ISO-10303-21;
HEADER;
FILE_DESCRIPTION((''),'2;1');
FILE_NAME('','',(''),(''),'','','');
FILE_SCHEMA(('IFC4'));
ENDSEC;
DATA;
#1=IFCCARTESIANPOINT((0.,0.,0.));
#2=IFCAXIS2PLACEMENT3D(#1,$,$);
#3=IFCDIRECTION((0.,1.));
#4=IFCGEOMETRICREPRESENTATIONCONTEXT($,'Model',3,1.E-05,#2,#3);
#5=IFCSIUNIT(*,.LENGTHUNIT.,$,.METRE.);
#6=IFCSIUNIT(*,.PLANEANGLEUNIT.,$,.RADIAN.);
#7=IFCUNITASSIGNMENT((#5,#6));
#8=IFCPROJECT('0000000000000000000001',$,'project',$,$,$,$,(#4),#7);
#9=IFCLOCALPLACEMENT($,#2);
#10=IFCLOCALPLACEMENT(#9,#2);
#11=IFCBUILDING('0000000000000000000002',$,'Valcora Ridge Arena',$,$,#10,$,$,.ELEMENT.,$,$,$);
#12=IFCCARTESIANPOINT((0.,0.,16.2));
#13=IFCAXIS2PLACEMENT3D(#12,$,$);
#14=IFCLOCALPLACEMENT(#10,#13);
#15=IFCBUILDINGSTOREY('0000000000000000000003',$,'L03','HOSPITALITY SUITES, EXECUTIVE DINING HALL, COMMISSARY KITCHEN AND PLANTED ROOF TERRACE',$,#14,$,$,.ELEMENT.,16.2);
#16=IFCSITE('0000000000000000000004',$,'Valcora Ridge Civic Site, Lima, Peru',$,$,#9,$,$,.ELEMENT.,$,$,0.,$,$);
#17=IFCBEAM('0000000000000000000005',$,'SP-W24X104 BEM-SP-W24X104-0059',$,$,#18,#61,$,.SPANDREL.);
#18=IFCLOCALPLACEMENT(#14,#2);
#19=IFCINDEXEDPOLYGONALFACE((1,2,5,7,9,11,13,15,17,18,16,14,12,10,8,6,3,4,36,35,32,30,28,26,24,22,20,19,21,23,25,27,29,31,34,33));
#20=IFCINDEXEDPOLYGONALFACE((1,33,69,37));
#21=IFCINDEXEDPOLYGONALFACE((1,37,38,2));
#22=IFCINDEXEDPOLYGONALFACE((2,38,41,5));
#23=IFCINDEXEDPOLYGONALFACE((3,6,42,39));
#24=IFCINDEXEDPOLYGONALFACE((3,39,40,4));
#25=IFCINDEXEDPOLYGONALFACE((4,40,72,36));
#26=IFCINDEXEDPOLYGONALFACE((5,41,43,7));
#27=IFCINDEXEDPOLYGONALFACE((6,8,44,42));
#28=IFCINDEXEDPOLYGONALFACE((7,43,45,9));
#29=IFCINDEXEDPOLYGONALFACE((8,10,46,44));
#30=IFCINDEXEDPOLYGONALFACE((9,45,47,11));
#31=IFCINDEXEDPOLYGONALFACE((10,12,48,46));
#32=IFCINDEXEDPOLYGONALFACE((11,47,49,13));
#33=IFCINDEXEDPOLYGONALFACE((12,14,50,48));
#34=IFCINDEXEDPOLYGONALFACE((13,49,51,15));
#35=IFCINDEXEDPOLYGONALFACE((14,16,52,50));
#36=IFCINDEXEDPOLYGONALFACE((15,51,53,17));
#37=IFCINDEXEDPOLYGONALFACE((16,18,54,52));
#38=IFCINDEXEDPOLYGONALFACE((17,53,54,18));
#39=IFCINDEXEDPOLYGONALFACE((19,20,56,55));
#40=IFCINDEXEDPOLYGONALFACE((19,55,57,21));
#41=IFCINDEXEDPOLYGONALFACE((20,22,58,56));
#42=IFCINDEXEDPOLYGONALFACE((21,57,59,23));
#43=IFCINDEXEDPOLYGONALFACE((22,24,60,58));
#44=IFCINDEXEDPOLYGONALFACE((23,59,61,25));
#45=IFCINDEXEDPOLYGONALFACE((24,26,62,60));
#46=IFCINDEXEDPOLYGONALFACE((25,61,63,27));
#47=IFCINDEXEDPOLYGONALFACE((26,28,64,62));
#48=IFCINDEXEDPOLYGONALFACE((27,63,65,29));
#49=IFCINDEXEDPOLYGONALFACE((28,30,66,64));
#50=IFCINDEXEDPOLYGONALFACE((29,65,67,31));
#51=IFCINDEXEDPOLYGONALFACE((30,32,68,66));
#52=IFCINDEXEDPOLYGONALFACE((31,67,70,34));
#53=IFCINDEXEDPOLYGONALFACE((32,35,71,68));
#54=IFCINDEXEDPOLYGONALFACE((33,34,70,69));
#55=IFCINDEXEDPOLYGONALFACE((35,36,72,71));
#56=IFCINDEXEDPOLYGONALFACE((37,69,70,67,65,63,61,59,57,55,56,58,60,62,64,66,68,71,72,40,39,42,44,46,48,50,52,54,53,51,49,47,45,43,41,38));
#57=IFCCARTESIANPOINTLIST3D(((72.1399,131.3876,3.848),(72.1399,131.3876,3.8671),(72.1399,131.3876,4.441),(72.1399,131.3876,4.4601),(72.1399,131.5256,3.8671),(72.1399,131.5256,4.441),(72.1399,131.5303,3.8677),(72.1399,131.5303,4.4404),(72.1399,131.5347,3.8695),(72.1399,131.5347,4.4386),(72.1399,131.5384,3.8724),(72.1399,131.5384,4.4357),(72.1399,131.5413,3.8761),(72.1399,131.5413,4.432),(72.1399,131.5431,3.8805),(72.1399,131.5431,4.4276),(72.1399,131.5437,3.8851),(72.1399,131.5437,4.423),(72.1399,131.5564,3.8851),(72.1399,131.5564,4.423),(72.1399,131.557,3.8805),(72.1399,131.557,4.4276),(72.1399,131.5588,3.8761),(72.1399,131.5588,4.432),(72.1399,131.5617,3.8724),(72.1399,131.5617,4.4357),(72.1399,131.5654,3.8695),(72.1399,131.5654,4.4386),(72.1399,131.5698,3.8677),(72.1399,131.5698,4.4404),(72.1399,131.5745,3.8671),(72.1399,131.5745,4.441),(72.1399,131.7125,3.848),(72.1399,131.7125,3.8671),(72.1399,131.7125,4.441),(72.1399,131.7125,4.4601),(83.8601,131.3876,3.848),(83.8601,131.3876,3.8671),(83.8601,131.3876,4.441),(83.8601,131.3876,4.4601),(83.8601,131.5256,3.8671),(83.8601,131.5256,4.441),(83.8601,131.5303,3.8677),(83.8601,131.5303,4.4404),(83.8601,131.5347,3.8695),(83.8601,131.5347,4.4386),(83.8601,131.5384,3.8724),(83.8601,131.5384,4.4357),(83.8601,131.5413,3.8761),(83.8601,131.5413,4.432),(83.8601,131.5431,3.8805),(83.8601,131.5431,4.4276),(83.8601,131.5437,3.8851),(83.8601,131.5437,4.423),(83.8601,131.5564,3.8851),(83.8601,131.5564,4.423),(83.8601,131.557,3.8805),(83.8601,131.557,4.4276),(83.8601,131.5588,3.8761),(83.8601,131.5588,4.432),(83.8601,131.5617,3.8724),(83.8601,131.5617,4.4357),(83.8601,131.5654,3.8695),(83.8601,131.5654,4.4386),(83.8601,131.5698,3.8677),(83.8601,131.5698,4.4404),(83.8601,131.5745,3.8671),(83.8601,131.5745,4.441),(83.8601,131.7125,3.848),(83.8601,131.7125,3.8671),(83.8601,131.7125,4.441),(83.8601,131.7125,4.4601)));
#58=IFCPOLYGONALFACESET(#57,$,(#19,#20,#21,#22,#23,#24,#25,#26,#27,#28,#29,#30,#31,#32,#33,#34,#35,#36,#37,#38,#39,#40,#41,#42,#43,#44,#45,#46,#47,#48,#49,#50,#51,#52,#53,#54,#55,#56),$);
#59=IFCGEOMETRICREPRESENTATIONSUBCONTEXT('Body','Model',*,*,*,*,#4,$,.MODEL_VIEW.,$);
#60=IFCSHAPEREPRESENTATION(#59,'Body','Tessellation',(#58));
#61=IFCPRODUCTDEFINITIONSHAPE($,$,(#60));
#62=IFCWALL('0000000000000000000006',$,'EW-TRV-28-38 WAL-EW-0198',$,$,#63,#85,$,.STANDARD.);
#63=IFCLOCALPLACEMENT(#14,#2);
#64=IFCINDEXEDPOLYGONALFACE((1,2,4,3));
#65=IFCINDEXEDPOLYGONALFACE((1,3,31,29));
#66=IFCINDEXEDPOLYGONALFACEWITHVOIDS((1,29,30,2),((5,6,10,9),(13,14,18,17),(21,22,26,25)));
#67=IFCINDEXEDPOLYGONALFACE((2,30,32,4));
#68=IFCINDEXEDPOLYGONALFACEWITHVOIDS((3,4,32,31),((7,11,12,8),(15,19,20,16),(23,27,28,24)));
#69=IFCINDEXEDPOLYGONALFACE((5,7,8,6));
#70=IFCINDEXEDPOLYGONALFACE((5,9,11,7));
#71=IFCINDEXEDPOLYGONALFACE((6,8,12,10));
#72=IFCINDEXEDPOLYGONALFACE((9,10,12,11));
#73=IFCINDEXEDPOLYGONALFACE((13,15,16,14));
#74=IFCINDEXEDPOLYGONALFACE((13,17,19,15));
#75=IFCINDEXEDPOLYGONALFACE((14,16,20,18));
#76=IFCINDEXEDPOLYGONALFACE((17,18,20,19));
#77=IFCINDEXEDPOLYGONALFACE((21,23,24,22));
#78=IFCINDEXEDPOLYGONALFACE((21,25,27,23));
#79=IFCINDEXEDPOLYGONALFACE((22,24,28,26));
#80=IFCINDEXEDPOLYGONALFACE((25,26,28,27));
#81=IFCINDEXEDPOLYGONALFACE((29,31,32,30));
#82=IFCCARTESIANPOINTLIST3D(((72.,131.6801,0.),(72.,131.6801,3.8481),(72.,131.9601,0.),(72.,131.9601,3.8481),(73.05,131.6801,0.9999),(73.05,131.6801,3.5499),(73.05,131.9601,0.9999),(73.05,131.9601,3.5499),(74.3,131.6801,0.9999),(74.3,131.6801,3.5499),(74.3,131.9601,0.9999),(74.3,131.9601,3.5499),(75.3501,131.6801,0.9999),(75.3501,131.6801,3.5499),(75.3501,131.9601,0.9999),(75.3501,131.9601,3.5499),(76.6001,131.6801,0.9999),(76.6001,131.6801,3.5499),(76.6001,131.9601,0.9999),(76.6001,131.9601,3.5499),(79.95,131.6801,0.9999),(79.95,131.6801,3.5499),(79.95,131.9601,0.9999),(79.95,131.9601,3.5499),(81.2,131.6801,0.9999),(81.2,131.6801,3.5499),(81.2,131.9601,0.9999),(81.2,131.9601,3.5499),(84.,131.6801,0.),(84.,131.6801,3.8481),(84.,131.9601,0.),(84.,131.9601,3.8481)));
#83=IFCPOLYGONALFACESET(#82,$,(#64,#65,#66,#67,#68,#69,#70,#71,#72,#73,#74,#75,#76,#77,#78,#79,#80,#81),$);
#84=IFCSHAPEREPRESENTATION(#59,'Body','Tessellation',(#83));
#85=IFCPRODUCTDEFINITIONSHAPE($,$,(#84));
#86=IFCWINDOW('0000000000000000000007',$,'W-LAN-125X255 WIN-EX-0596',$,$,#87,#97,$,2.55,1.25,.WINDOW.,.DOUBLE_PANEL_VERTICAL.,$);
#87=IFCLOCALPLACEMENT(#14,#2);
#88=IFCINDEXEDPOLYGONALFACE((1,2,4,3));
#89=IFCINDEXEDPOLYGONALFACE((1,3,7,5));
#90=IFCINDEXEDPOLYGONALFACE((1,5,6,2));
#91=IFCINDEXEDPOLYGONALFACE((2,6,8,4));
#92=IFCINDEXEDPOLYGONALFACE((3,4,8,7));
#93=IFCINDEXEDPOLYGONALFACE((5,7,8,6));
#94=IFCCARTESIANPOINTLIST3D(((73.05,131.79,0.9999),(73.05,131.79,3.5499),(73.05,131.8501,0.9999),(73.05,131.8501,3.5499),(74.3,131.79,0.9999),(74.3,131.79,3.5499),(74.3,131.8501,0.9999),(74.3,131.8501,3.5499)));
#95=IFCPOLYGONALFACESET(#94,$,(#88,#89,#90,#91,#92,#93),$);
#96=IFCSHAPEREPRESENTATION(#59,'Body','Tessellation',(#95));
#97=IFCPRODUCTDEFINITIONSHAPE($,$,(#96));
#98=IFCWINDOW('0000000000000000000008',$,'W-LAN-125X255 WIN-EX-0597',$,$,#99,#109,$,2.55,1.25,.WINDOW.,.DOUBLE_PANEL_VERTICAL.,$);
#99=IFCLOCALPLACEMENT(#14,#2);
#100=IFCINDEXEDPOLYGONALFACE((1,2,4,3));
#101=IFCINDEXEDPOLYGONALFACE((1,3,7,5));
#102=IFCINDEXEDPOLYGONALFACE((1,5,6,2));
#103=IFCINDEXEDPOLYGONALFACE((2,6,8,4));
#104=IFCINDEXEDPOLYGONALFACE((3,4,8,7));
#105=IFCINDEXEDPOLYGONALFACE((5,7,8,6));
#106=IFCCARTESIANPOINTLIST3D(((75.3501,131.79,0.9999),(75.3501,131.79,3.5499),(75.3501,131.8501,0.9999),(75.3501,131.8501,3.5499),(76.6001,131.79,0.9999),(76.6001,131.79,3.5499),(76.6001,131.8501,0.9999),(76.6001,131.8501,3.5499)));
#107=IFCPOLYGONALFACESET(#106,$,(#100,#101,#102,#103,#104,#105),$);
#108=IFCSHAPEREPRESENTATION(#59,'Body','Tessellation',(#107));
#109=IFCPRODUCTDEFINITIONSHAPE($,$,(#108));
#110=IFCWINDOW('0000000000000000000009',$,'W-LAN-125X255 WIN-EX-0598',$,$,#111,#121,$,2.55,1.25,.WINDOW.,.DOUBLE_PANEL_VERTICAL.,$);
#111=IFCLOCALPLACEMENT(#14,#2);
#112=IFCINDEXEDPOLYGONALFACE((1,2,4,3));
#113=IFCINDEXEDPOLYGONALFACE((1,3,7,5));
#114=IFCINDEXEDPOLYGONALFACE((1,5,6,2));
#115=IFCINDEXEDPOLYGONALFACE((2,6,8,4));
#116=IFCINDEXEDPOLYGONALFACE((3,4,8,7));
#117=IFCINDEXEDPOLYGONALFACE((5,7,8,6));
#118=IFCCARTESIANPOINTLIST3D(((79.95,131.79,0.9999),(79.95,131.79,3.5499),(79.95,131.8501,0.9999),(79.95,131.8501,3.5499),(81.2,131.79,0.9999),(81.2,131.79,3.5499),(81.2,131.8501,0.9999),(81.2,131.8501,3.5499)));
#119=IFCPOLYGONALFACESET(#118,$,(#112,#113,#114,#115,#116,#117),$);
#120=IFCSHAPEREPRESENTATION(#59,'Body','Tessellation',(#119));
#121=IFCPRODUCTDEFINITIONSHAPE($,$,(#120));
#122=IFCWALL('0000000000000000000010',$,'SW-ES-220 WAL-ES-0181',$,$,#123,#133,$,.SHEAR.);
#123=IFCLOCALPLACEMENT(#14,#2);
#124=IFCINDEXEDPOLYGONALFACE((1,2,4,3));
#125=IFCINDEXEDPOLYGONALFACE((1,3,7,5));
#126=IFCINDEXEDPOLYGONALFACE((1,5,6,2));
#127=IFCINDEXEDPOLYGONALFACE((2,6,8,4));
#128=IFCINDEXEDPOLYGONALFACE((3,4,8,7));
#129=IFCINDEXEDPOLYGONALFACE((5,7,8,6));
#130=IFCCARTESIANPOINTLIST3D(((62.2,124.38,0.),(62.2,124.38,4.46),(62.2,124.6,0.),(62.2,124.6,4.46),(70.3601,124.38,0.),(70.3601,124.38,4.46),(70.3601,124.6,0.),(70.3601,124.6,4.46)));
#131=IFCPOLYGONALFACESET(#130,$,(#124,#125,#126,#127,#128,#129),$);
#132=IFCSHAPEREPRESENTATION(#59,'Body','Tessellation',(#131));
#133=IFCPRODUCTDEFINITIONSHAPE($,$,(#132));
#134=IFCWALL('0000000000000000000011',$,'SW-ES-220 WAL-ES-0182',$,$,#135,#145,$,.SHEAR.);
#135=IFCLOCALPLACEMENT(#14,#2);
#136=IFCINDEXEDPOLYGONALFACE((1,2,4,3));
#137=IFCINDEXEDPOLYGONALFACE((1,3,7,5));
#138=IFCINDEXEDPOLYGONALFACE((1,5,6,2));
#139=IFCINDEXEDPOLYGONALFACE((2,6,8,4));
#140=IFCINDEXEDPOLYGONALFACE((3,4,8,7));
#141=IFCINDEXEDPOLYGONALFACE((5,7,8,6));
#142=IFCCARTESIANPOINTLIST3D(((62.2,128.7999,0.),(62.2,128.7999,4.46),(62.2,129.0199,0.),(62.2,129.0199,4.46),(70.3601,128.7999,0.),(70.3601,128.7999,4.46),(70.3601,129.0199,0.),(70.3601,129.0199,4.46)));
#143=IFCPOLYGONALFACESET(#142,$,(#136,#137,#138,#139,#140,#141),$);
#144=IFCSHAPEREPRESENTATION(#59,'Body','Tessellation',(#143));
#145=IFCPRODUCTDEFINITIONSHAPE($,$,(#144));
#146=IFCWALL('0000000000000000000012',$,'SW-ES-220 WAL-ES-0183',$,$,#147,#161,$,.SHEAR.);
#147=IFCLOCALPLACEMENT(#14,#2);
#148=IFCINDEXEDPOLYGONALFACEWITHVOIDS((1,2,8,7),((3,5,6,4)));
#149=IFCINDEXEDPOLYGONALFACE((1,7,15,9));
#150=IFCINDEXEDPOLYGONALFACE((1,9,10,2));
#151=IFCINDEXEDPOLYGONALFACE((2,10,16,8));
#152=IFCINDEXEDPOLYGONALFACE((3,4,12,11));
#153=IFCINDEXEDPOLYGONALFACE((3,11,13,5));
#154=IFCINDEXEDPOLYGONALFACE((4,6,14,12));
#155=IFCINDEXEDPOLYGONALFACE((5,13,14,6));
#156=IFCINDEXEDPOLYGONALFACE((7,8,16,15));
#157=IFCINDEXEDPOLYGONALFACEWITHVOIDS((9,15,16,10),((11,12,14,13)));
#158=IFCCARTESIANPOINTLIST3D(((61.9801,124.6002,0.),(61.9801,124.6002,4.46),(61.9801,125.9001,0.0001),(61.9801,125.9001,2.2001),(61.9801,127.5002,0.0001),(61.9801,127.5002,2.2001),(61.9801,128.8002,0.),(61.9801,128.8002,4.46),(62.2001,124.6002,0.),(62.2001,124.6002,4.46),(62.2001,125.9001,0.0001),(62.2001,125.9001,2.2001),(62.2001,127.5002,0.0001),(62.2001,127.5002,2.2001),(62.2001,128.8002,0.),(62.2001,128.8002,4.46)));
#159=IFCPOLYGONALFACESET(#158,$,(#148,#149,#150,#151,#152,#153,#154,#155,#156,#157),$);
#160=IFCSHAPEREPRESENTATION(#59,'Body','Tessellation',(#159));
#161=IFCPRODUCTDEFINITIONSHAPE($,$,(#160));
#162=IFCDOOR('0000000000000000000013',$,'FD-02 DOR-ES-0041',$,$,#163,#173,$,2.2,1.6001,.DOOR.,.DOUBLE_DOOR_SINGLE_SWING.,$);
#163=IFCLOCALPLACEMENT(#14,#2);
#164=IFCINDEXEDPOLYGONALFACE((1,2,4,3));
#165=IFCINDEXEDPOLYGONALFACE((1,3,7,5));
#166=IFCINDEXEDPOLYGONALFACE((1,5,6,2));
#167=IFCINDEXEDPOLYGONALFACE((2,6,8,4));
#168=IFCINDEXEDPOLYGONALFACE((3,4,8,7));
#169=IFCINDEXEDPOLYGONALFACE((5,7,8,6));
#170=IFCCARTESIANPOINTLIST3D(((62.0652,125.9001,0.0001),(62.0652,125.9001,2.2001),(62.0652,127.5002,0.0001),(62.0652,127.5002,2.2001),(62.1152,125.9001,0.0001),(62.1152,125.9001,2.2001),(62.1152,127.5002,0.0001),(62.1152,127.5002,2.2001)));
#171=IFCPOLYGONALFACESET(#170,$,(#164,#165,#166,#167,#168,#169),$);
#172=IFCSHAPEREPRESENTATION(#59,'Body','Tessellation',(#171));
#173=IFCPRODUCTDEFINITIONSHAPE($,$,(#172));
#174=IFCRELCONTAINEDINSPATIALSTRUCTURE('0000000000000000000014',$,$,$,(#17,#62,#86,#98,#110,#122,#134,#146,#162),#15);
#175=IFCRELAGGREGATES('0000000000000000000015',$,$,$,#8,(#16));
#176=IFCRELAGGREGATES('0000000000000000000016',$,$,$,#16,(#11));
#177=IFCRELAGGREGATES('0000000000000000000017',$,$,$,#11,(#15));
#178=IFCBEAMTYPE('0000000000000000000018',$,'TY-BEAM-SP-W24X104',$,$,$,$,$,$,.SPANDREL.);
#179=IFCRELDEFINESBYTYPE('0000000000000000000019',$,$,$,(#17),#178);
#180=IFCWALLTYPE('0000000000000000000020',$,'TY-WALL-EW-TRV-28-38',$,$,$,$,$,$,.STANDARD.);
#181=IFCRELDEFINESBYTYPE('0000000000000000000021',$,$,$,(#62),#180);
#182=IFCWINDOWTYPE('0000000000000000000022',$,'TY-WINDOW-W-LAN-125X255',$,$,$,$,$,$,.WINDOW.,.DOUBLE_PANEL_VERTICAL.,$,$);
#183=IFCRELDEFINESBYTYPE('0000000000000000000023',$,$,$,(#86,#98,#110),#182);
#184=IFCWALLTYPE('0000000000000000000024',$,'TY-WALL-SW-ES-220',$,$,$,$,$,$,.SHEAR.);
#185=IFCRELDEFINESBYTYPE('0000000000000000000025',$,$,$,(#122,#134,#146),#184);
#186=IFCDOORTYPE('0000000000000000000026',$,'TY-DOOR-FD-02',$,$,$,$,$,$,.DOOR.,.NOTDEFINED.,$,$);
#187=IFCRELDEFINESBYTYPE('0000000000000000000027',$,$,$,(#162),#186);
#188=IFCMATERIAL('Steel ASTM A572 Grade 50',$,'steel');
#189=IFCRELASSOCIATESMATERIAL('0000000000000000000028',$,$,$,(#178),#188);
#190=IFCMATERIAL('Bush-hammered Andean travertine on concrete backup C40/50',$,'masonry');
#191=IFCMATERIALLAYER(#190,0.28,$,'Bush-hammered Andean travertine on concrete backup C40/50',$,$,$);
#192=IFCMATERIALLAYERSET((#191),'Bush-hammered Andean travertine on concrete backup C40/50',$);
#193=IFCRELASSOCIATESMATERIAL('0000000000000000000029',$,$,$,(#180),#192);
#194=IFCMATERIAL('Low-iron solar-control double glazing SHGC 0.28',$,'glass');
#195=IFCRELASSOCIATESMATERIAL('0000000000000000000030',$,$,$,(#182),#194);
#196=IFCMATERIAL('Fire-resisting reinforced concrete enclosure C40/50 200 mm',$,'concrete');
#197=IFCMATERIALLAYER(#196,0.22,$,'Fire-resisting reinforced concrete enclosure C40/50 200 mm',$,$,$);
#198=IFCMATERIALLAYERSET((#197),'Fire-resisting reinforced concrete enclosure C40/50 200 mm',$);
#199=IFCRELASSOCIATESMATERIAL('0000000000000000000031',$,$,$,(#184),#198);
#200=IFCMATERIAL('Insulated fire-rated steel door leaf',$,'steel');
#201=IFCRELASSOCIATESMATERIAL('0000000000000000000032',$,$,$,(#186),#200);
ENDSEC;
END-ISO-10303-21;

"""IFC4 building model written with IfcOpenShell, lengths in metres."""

from ifc_helpers import new_model, si_unit, direction, frame, frame_2d, origin, origin_2d, place, context, subcontext, project, spatial, rectangle, i_section, extrude, material, layer, layer_set, material_profile, profile_set, type_object, element, fill, save


model = new_model("IFC4")

# Units and contexts
model_context = context("Model", 3, precision=1e-05, world=origin(), true_north=direction((0.0, 1.0)))
body_context = subcontext(model_context, "Body", "Model", "MODEL_VIEW")
ifc_project = project(units=[si_unit("LENGTHUNIT", "METRE"), si_unit("PLANEANGLEUNIT", "RADIAN")], contexts=[model_context])

# Site, building, storey
site_placement = place(None, origin())
site = spatial("IfcSite", under=ifc_project, at=site_placement, Name="Valcora Ridge Civic Site, Lima, Peru", CompositionType="ELEMENT", RefElevation=0.0)
building_placement = place(site_placement, origin())
building = spatial("IfcBuilding", under=site, at=building_placement, Name="Valcora Ridge Arena", CompositionType="ELEMENT")
storey_placement = place(building_placement, frame((0.0, 0.0, 16.2)))
storey = spatial("IfcBuildingStorey", under=building, at=storey_placement, Name="L03", Description="HOSPITALITY SUITES, EXECUTIVE DINING HALL, COMMISSARY KITCHEN AND PLANTED ROOF TERRACE", CompositionType="ELEMENT", Elevation=16.2)

# Beam
ifc_material_1 = material(Name="Steel ASTM A572 Grade 50", Category="steel")
ifc_material_profile_1 = material_profile(ifc_material_1, i_section(OverallWidth=0.325, OverallDepth=0.6121, WebThickness=0.0127, FlangeThickness=0.019, FilletRadius=0.0181, at=origin_2d()), Name="W24X104")
ifc_profile_set_1 = profile_set([ifc_material_profile_1], Name="Steel ASTM A572 Grade 50")
beam_type_1 = type_object("IfcBeamType", Name="TY-BEAM-SP-W24X104", PredefinedType="SPANDREL", material=ifc_profile_set_1)
beam_1_placement = place(storey_placement, frame((72.1399, 131.55, 4.1541), z_axis=(1.0, 0.0, 0.0), x_axis=(0.0, 1.0, 0.0)))
element("IfcBeam", 1, at=beam_1_placement, inside=storey, type_object=beam_type_1, Name="SP-W24X104 BEM-SP-W24X104-0059", PredefinedType="SPANDREL", context=body_context, shape_type="SweptSolid", body=[
    extrude(i_section(OverallWidth=0.325, OverallDepth=0.6121, WebThickness=0.0127, FlangeThickness=0.019, FilletRadius=0.0181, at=origin_2d()), origin(), (0.0, 0.0, 1.0), 11.7202),
])

# Wall, openings, windows
ifc_material_2 = material(Name="Bush-hammered Andean travertine on concrete backup C40/50", Category="masonry")
ifc_layer_1 = layer(ifc_material_2, 0.28, Name="Bush-hammered Andean travertine on concrete backup C40/50")
ifc_layer_set_1 = layer_set([ifc_layer_1], Name="Bush-hammered Andean travertine on concrete backup C40/50")
wall_type_1 = type_object("IfcWallType", Name="TY-WALL-EW-TRV-28-38", PredefinedType="STANDARD", material=ifc_layer_set_1)
wall_1_placement = place(storey_placement, frame((72.0, 131.8201, 0.0), z_axis=(0.0, 0.0, 1.0), x_axis=(1.0, 0.0, 0.0)))
wall_1 = element("IfcWall", 2, at=wall_1_placement, inside=storey, type_object=wall_type_1, Name="EW-TRV-28-38 WAL-EW-0198", PredefinedType="STANDARD", context=body_context, shape_type="SweptSolid", body=[
    extrude(rectangle(XDim=12.0, YDim=0.28, at=frame_2d((6.0, 0.0))), origin(), (0.0, 0.0, 1.0), 3.8481),
])
opening_1_placement = place(wall_1_placement, frame((1.05, 0.0, 1.0)))
opening_1 = element("IfcOpeningElement", 3, at=opening_1_placement, cuts=wall_1, PredefinedType="OPENING", context=body_context, shape_type="SweptSolid", body=[
    extrude(rectangle(XDim=1.25, YDim=2.55, at=frame_2d((0.625, 1.2749))), frame((0.0, 0.1499, 0.0), z_axis=(0.0, -1.0, 0.0), x_axis=(1.0, 0.0, 0.0)), (0.0, 0.0, 1.0), 0.3),
])
opening_2_placement = place(wall_1_placement, frame((3.3501, 0.0, 1.0)))
opening_2 = element("IfcOpeningElement", 4, at=opening_2_placement, cuts=wall_1, PredefinedType="OPENING", context=body_context, shape_type="SweptSolid", body=[
    extrude(rectangle(XDim=1.25, YDim=2.55, at=frame_2d((0.625, 1.2749))), frame((0.0, 0.1499, 0.0), z_axis=(0.0, -1.0, 0.0), x_axis=(1.0, 0.0, 0.0)), (0.0, 0.0, 1.0), 0.3),
])
opening_3_placement = place(wall_1_placement, frame((7.95, 0.0, 1.0)))
opening_3 = element("IfcOpeningElement", 5, at=opening_3_placement, cuts=wall_1, PredefinedType="OPENING", context=body_context, shape_type="SweptSolid", body=[
    extrude(rectangle(XDim=1.25, YDim=2.55, at=frame_2d((0.625, 1.2749))), frame((0.0, 0.1499, 0.0), z_axis=(0.0, -1.0, 0.0), x_axis=(1.0, 0.0, 0.0)), (0.0, 0.0, 1.0), 0.3),
])
ifc_material_3 = material(Name="Low-iron solar-control double glazing SHGC 0.28", Category="glass")
window_type = type_object("IfcWindowType", Name="TY-WINDOW-W-LAN-125X255", PartitioningType="DOUBLE_PANEL_VERTICAL", PredefinedType="WINDOW", material=ifc_material_3)
window_1_placement = place(opening_1_placement, origin())
window_1 = element("IfcWindow", 6, at=window_1_placement, inside=storey, type_object=window_type, Name="W-LAN-125X255 WIN-EX-0596", OverallHeight=2.55, OverallWidth=1.25, PartitioningType="DOUBLE_PANEL_VERTICAL", PredefinedType="WINDOW", context=body_context, shape_type="SweptSolid", body=[
    extrude(rectangle(XDim=1.25, YDim=2.55, at=frame_2d((0.625, 1.2749))), frame((0.0, 0.03, 0.0), z_axis=(0.0, -1.0, 0.0), x_axis=(1.0, 0.0, 0.0)), (0.0, 0.0, 1.0), 0.0601),
])
fill(opening_1, window_1)
window_2_placement = place(opening_2_placement, origin())
window_2 = element("IfcWindow", 7, at=window_2_placement, inside=storey, type_object=window_type, Name="W-LAN-125X255 WIN-EX-0597", OverallHeight=2.55, OverallWidth=1.25, PartitioningType="DOUBLE_PANEL_VERTICAL", PredefinedType="WINDOW", context=body_context, shape_type="SweptSolid", body=[
    extrude(rectangle(XDim=1.25, YDim=2.55, at=frame_2d((0.625, 1.2749))), frame((0.0, 0.03, 0.0), z_axis=(0.0, -1.0, 0.0), x_axis=(1.0, 0.0, 0.0)), (0.0, 0.0, 1.0), 0.0601),
])
fill(opening_2, window_2)
window_3_placement = place(opening_3_placement, origin())
window_3 = element("IfcWindow", 8, at=window_3_placement, inside=storey, type_object=window_type, Name="W-LAN-125X255 WIN-EX-0598", OverallHeight=2.55, OverallWidth=1.25, PartitioningType="DOUBLE_PANEL_VERTICAL", PredefinedType="WINDOW", context=body_context, shape_type="SweptSolid", body=[
    extrude(rectangle(XDim=1.25, YDim=2.55, at=frame_2d((0.625, 1.2749))), frame((0.0, 0.03, 0.0), z_axis=(0.0, -1.0, 0.0), x_axis=(1.0, 0.0, 0.0)), (0.0, 0.0, 1.0), 0.0601),
])
fill(opening_3, window_3)

# Walls
ifc_material_4 = material(Name="Fire-resisting reinforced concrete enclosure C40/50 200 mm", Category="concrete")
ifc_layer_2 = layer(ifc_material_4, 0.22, Name="Fire-resisting reinforced concrete enclosure C40/50 200 mm")
ifc_layer_set_2 = layer_set([ifc_layer_2], Name="Fire-resisting reinforced concrete enclosure C40/50 200 mm")
wall_type_2 = type_object("IfcWallType", Name="TY-WALL-SW-ES-220", PredefinedType="SHEAR", material=ifc_layer_set_2)
for number, where, z_axis, x_axis, name in (
    (9, (62.2, 124.49, 0.0), (0.0, 0.0, 1.0), (1.0, 0.0, 0.0), "SW-ES-220 WAL-ES-0181"),
    (10, (62.2, 128.9099, 0.0), (0.0, 0.0, 1.0), (1.0, 0.0, 0.0), "SW-ES-220 WAL-ES-0182"),
):
    element("IfcWall", number, at=place(storey_placement, frame(where, z_axis=z_axis, x_axis=x_axis)), inside=storey, type_object=wall_type_2, Name=name, PredefinedType="SHEAR", context=body_context, shape_type="SweptSolid", body=[
        extrude(rectangle(XDim=8.1602, YDim=0.22, at=frame_2d((4.0801, 0.0))), origin(), (0.0, 0.0, 1.0), 4.46),
    ])

# Wall, opening, door
wall_2_placement = place(storey_placement, frame((62.0901, 124.6001, 0.0), z_axis=(0.0, 0.0, 1.0), x_axis=(0.0, 1.0, 0.0)))
wall_2 = element("IfcWall", 11, at=wall_2_placement, inside=storey, type_object=wall_type_2, Name="SW-ES-220 WAL-ES-0183", PredefinedType="SHEAR", context=body_context, shape_type="SweptSolid", body=[
    extrude(rectangle(XDim=4.2, YDim=0.22, at=frame_2d((2.1001, 0.0))), origin(), (0.0, 0.0, 1.0), 4.46),
])
opening_4_placement = place(wall_2_placement, frame((1.3, 0.0, 0.0)))
opening_4 = element("IfcOpeningElement", 12, at=opening_4_placement, cuts=wall_2, PredefinedType="OPENING", context=body_context, shape_type="SweptSolid", body=[
    extrude(rectangle(XDim=1.6001, YDim=2.2, at=frame_2d((0.8, 1.1001))), frame((0.0, 0.1199, 0.0), z_axis=(0.0, -1.0, 0.0), x_axis=(1.0, 0.0, 0.0)), (0.0, 0.0, 1.0), 0.24),
])
ifc_material_5 = material(Name="Insulated fire-rated steel door leaf", Category="steel")
door_type = type_object("IfcDoorType", Name="TY-DOOR-FD-02", OperationType="NOTDEFINED", PredefinedType="DOOR", material=ifc_material_5)
door_placement = place(opening_4_placement, origin())
door = element("IfcDoor", 13, at=door_placement, inside=storey, type_object=door_type, Name="FD-02 DOR-ES-0041", OperationType="DOUBLE_DOOR_SINGLE_SWING", OverallHeight=2.2, OverallWidth=1.6001, PredefinedType="DOOR", context=body_context, shape_type="SweptSolid", body=[
    extrude(rectangle(XDim=1.6001, YDim=2.2, at=frame_2d((0.8, 1.1001))), frame((0.0, 0.0249, 0.0), z_axis=(0.0, -1.0, 0.0), x_axis=(1.0, 0.0, 0.0)), (0.0, 0.0, 1.0), 0.05),
])
fill(opening_4, door)

save(model, "model.ifc")
